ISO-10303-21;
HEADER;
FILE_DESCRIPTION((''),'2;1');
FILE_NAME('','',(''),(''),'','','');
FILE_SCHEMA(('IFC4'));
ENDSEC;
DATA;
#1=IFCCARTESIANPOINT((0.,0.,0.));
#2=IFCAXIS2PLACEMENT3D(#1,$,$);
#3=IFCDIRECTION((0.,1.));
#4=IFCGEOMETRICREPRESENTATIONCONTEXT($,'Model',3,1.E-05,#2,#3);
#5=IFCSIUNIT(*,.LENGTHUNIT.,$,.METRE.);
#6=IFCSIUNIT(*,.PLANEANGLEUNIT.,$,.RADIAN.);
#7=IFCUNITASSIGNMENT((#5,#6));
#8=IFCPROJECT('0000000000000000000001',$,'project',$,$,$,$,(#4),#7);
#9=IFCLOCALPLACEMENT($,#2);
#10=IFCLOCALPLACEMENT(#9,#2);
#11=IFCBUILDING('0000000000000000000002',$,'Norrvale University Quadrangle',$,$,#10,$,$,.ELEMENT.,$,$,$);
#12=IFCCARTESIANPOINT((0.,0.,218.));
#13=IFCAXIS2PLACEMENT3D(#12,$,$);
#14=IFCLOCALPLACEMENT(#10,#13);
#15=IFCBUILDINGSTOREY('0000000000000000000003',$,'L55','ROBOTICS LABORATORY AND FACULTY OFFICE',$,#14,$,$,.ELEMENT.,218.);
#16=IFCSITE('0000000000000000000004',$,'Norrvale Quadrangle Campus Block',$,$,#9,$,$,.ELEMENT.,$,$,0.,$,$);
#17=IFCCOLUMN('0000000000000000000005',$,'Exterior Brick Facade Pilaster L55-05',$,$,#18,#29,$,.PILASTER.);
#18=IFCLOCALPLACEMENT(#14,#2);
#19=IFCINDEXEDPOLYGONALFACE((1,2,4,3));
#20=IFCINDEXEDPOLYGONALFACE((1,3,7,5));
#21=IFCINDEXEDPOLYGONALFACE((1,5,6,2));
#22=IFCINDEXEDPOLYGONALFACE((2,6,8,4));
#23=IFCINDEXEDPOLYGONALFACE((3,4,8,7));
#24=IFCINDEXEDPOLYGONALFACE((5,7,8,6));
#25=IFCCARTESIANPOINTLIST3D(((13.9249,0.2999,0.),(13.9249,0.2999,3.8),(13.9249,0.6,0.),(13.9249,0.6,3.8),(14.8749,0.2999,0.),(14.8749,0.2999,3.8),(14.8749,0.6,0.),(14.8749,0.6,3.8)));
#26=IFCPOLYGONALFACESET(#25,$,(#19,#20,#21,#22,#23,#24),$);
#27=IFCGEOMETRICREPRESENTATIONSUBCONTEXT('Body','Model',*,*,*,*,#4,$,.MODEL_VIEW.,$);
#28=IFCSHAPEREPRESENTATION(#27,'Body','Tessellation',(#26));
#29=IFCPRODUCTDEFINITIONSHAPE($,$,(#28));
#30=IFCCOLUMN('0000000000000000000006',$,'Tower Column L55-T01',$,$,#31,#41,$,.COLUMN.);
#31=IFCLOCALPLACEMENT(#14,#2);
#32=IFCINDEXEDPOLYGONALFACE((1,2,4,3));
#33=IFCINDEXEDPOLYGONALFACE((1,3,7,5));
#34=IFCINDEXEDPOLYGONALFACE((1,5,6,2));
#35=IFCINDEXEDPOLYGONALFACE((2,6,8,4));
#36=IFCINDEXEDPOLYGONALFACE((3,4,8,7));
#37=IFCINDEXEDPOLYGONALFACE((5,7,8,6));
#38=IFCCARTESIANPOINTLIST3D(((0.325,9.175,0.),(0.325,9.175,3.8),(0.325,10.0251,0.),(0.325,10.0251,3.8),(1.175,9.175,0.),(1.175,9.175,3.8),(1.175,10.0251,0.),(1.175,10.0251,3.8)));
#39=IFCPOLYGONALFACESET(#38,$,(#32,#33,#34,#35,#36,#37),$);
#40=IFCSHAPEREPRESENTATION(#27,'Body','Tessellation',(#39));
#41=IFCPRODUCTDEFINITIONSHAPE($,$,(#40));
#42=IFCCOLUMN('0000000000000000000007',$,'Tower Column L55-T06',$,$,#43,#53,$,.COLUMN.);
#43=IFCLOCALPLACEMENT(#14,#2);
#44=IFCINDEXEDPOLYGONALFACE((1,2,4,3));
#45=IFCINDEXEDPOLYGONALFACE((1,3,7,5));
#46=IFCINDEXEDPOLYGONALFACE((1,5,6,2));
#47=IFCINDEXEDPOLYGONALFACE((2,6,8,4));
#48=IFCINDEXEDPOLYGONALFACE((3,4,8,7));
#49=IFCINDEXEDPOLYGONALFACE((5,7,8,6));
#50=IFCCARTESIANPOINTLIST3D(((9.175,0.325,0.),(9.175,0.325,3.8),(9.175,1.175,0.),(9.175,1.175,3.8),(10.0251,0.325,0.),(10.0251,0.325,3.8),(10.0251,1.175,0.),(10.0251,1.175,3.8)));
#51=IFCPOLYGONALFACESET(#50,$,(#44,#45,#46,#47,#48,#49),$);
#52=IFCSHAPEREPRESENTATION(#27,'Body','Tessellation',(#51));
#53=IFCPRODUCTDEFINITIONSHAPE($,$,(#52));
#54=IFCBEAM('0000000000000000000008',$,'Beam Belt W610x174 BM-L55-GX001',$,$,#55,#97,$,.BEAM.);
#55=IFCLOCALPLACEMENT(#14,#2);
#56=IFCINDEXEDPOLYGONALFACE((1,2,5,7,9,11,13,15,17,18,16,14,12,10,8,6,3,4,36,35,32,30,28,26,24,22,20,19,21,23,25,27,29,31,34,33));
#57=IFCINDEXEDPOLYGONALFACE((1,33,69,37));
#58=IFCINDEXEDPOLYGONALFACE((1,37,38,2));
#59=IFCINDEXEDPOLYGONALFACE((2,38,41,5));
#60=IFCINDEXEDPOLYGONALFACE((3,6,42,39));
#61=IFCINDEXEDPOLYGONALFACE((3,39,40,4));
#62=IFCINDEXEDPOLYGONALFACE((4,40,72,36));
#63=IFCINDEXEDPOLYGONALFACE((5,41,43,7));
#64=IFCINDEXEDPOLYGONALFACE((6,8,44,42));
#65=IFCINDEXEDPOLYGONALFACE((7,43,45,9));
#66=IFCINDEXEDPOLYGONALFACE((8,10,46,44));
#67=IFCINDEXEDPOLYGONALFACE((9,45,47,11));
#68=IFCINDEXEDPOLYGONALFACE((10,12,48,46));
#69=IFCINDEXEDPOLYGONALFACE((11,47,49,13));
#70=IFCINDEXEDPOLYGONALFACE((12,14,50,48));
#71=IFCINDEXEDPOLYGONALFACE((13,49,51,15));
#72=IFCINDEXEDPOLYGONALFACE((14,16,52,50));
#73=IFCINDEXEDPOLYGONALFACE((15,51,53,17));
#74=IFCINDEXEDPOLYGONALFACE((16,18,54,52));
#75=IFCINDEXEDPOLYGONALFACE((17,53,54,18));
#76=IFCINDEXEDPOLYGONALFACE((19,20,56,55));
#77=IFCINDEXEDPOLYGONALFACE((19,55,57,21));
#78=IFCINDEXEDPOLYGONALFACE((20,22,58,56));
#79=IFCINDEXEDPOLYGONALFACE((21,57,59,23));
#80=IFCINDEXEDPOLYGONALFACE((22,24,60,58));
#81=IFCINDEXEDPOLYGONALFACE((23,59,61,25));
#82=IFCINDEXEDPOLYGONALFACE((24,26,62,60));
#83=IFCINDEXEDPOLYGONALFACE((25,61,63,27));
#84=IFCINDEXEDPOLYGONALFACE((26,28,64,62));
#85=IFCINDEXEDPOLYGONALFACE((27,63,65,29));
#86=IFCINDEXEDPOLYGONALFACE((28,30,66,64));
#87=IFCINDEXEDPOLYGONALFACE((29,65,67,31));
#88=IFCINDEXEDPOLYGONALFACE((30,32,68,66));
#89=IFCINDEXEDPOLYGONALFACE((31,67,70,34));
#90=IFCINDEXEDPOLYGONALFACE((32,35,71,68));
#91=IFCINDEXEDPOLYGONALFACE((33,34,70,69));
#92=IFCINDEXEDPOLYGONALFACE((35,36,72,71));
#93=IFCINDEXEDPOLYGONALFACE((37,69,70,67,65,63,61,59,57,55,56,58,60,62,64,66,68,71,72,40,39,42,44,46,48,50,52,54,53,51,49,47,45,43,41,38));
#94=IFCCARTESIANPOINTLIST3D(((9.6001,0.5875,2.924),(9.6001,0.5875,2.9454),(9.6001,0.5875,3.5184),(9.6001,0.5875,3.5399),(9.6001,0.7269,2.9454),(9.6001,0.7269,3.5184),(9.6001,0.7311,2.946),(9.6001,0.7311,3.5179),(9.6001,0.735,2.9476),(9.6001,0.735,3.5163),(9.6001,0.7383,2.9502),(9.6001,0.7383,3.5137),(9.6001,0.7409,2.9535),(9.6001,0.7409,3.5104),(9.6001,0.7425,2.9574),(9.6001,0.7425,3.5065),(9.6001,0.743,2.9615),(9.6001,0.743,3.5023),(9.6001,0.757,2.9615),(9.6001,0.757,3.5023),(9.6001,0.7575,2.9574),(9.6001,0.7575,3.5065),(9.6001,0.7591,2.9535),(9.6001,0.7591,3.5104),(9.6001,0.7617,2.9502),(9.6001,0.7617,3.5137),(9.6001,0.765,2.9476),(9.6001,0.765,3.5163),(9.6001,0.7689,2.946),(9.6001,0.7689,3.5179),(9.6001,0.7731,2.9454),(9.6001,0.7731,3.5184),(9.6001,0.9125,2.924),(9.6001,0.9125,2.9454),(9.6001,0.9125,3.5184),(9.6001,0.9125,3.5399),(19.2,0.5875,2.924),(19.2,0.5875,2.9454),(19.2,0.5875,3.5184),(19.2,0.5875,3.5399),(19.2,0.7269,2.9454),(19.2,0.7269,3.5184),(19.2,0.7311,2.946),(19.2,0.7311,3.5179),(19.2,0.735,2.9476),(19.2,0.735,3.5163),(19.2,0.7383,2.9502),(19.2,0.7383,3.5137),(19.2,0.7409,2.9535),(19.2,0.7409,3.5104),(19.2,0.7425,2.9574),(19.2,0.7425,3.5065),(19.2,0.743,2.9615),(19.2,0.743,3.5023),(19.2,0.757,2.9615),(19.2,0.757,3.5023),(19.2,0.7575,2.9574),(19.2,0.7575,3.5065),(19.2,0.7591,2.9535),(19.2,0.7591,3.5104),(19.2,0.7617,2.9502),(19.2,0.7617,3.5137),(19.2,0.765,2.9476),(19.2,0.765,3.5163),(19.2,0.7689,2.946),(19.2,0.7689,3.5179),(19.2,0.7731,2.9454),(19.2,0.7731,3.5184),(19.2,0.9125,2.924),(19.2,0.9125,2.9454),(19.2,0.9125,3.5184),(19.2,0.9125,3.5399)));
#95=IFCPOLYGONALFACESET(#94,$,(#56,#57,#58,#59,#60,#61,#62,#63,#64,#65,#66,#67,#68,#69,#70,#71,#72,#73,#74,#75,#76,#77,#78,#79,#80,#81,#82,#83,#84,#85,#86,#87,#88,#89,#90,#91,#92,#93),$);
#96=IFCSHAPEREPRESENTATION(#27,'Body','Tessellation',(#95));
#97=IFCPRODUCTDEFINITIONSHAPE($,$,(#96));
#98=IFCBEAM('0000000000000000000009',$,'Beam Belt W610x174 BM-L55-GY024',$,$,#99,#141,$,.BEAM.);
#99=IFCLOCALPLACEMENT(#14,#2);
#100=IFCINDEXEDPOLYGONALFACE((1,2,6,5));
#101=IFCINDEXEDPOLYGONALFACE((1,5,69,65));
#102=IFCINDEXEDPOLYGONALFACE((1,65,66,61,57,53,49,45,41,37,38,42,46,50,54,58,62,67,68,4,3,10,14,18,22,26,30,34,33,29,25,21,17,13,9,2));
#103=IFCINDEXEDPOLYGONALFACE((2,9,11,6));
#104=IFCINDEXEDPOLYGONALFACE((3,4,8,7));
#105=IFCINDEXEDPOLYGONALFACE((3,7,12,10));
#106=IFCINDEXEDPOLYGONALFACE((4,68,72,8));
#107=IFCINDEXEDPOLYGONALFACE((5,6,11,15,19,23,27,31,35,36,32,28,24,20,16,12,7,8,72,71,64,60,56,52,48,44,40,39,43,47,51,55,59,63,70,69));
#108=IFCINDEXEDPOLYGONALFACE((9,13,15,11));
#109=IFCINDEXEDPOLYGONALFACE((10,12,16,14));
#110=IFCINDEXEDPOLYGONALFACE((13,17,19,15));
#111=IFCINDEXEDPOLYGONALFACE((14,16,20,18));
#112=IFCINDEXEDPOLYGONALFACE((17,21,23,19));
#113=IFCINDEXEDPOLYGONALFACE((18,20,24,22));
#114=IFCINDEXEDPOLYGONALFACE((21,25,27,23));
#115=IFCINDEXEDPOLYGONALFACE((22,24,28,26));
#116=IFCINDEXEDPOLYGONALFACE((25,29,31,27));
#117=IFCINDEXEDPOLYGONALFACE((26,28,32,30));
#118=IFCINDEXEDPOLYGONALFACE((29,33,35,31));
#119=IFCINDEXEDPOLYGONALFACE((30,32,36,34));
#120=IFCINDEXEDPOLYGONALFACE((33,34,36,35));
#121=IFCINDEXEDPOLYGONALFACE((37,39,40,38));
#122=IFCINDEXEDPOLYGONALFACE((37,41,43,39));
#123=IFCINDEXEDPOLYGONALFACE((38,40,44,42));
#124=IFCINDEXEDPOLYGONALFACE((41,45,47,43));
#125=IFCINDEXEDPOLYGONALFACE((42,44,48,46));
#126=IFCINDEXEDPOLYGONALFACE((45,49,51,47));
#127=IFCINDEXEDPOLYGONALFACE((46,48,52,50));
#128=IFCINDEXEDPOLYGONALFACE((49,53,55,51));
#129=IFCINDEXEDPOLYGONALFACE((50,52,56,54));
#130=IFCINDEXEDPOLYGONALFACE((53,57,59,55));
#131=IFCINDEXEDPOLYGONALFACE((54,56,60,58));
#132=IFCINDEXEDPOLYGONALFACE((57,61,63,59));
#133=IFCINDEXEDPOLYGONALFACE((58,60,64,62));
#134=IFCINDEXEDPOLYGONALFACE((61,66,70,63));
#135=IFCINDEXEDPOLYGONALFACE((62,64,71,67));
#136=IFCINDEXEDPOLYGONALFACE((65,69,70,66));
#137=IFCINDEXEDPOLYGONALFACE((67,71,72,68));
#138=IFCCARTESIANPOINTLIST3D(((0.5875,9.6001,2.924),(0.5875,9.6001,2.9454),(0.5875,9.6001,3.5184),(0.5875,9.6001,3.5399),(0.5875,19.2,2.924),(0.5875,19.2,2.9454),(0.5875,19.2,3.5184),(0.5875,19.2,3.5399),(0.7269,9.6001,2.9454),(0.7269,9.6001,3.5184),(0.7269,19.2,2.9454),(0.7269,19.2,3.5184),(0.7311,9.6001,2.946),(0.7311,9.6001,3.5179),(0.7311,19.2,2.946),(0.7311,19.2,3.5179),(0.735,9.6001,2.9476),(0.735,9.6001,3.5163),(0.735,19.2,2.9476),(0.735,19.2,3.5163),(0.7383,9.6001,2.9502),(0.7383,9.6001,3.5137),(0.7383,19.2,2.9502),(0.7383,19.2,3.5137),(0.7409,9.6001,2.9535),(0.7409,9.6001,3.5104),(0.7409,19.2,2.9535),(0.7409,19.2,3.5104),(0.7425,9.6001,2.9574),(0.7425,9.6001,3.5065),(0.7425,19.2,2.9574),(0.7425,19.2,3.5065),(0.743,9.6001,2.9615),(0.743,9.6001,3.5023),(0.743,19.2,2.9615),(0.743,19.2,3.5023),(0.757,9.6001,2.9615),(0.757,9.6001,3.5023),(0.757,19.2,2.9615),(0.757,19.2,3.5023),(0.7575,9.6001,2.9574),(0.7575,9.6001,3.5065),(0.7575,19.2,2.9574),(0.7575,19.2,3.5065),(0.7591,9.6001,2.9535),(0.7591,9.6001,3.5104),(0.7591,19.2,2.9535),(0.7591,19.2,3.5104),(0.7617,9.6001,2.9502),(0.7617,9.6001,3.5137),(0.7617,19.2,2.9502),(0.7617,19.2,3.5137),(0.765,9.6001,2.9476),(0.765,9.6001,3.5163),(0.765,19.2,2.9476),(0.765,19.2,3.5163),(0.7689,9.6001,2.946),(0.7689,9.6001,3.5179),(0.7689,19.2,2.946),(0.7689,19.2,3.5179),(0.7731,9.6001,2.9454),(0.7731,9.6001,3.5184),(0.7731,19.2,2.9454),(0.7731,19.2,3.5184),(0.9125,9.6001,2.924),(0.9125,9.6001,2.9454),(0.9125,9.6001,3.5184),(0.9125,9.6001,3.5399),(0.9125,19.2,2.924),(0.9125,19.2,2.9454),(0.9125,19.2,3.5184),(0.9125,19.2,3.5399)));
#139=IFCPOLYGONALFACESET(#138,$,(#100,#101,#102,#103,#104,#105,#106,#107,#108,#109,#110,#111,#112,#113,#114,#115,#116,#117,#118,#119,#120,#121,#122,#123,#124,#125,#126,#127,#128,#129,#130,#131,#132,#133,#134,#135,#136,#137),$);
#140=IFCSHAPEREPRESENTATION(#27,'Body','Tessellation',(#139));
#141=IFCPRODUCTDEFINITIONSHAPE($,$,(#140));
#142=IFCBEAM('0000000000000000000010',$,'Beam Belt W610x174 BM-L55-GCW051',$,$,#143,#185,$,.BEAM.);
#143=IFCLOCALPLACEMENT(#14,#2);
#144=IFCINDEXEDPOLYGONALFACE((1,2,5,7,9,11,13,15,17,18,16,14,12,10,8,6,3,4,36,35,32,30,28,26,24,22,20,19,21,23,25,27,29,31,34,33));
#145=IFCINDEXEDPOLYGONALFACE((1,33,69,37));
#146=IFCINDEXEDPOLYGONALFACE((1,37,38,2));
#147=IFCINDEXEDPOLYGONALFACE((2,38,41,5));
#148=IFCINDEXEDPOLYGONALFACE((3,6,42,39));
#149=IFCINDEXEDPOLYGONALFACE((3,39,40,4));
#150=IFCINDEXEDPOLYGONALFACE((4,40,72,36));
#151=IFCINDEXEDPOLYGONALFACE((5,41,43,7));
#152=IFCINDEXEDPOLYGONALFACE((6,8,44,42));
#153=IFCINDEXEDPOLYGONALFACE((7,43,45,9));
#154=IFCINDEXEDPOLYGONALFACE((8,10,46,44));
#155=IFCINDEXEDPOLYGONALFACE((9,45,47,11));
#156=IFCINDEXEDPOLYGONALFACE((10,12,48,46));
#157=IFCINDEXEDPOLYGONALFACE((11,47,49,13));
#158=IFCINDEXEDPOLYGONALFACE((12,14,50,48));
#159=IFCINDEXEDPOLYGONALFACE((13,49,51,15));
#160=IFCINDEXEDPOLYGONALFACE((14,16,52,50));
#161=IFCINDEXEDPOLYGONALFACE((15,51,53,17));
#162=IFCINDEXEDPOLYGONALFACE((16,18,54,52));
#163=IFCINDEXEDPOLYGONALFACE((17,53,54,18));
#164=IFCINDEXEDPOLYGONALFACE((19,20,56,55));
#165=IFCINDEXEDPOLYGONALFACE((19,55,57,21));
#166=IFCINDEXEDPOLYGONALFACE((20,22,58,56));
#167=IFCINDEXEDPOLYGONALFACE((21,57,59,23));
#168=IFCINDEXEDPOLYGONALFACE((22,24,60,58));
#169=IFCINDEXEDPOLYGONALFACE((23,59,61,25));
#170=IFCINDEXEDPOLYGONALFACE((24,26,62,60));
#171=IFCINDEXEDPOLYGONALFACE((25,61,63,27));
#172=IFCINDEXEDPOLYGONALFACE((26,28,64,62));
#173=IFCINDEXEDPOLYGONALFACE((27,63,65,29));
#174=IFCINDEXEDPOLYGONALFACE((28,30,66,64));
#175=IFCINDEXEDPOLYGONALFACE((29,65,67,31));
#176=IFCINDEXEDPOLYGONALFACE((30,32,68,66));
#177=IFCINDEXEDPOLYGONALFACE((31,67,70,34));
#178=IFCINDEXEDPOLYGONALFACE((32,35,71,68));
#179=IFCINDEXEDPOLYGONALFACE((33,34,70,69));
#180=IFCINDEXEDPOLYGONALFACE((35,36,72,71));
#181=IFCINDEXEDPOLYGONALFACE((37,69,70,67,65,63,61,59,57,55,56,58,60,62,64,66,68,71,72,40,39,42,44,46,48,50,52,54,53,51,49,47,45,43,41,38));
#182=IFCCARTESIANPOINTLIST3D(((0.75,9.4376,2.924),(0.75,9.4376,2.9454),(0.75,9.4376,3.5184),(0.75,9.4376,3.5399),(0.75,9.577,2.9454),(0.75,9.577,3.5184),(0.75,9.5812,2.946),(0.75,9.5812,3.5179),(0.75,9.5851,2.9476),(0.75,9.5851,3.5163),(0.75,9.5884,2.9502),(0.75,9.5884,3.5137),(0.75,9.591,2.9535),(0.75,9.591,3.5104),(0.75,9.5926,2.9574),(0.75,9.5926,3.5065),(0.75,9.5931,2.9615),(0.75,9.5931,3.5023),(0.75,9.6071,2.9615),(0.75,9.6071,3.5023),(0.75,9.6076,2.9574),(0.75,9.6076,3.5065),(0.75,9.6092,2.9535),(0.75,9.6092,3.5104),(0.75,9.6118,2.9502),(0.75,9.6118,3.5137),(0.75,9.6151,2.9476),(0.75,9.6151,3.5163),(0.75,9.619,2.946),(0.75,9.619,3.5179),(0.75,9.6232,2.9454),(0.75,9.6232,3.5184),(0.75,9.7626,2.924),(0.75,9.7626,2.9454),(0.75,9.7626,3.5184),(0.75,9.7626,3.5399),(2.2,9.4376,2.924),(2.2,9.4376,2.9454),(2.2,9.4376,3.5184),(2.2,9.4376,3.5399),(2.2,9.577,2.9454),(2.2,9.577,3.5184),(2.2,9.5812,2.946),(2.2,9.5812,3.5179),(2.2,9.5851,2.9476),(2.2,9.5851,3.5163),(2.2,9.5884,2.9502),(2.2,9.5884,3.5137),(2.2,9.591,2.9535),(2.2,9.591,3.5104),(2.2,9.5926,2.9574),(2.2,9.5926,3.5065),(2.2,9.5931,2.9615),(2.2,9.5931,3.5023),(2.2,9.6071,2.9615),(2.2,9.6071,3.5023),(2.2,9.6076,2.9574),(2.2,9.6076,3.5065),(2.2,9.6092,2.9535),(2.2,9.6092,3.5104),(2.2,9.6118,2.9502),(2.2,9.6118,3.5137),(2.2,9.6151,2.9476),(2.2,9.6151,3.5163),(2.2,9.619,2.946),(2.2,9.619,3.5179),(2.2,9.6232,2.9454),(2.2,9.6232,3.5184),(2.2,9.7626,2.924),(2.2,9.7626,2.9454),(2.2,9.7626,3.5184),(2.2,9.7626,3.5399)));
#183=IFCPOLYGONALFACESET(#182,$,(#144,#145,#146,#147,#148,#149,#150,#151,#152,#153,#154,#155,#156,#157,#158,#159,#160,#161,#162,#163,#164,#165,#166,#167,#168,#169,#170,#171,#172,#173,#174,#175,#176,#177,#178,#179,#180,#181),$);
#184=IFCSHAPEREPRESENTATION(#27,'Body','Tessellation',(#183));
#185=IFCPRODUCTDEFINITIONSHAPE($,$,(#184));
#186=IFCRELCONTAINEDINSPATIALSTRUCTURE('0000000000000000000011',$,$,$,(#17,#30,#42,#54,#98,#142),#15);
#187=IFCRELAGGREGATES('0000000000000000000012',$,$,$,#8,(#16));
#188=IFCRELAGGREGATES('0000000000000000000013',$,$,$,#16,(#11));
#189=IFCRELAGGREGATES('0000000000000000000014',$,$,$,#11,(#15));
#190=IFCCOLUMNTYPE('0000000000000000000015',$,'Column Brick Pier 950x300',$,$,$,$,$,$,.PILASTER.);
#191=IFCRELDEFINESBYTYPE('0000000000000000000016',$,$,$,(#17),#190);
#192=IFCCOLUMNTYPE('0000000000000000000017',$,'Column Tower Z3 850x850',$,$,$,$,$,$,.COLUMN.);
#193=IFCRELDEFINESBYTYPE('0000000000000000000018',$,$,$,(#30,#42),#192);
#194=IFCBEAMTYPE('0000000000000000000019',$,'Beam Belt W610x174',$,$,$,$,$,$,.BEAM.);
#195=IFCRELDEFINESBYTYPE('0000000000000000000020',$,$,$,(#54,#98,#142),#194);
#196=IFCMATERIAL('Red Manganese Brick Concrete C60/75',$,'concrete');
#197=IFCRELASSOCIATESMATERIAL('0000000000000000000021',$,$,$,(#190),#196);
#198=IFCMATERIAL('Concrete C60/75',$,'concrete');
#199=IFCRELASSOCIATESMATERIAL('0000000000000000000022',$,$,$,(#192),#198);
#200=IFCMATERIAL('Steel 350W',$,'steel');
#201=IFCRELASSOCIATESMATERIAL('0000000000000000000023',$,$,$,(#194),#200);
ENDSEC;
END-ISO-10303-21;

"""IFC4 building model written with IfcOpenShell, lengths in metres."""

from ifc_helpers import new_model, si_unit, direction, frame, origin, origin_2d, place, context, subcontext, project, spatial, rectangle, i_section, extrude, material, material_profile, profile_set, type_object, element, save


model = new_model("IFC4")

# Units and contexts
model_context = context("Model", 3, precision=1e-05, world=origin(), true_north=direction((0.0, 1.0)))
body_context = subcontext(model_context, "Body", "Model", "MODEL_VIEW")
ifc_project = project(units=[si_unit("LENGTHUNIT", "METRE"), si_unit("PLANEANGLEUNIT", "RADIAN")], contexts=[model_context])

# Site, building, storey
site_placement = place(None, origin())
site = spatial("IfcSite", under=ifc_project, at=site_placement, Name="Norrvale Quadrangle Campus Block", CompositionType="ELEMENT", RefElevation=0.0)
building_placement = place(site_placement, origin())
building = spatial("IfcBuilding", under=site, at=building_placement, Name="Norrvale University Quadrangle", CompositionType="ELEMENT")
storey_placement = place(building_placement, frame((0.0, 0.0, 218.0)))
storey = spatial("IfcBuildingStorey", under=building, at=storey_placement, Name="L55", Description="ROBOTICS LABORATORY AND FACULTY OFFICE", CompositionType="ELEMENT", Elevation=218.0)

# Columns
ifc_material_1 = material(Name="Red Manganese Brick Concrete C60/75", Category="concrete")
ifc_material_profile_1 = material_profile(ifc_material_1, rectangle(XDim=0.95, YDim=0.3, at=origin_2d()), Name="Red Manganese Brick Concrete C60/75")
ifc_profile_set_1 = profile_set([ifc_material_profile_1], Name="Red Manganese Brick Concrete C60/75")
column_type_1 = type_object("IfcColumnType", Name="Column Brick Pier 950x300", PredefinedType="PILASTER", material=ifc_profile_set_1)
column_placement = place(storey_placement, frame((14.3999, 0.45, 0.0), z_axis=(0.0, 0.0, 1.0), x_axis=(1.0, 0.0, 0.0)))
element("IfcColumn", 1, at=column_placement, inside=storey, type_object=column_type_1, Name="Exterior Brick Facade Pilaster L55-05", PredefinedType="PILASTER", context=body_context, shape_type="SweptSolid", body=[
    extrude(rectangle(XDim=0.95, YDim=0.3, at=origin_2d()), origin(), (0.0, 0.0, 1.0), 3.8),
])
ifc_material_2 = material(Name="Concrete C60/75", Category="concrete")
ifc_material_profile_2 = material_profile(ifc_material_2, rectangle(XDim=0.8501, YDim=0.8501, at=origin_2d()), Name="Concrete C60/75")
ifc_profile_set_2 = profile_set([ifc_material_profile_2], Name="Concrete C60/75")
column_type_2 = type_object("IfcColumnType", Name="Column Tower Z3 850x850", PredefinedType="COLUMN", material=ifc_profile_set_2)
for number, where, z_axis, x_axis, name in (
    (2, (0.75, 9.6001, 0.0), (0.0, 0.0, 1.0), (1.0, 0.0, 0.0), "Tower Column L55-T01"),
    (3, (9.6001, 0.75, 0.0), (0.0, 0.0, 1.0), (1.0, 0.0, 0.0), "Tower Column L55-T06"),
):
    element("IfcColumn", number, at=place(storey_placement, frame(where, z_axis=z_axis, x_axis=x_axis)), inside=storey, type_object=column_type_2, Name=name, PredefinedType="COLUMN", context=body_context, shape_type="SweptSolid", body=[
        extrude(rectangle(XDim=0.8501, YDim=0.8501, at=origin_2d()), origin(), (0.0, 0.0, 1.0), 3.8),
    ])

# Beams
ifc_material_3 = material(Name="Steel 350W", Category="steel")
ifc_material_profile_3 = material_profile(ifc_material_3, i_section(OverallWidth=0.325, OverallDepth=0.616, WebThickness=0.0139, FlangeThickness=0.0215, FilletRadius=0.0161, at=origin_2d()), Name="Steel 350W")
ifc_profile_set_3 = profile_set([ifc_material_profile_3], Name="Steel 350W")
beam_type_1 = type_object("IfcBeamType", Name="Beam Belt W610x174", PredefinedType="BEAM", material=ifc_profile_set_3)
for number, where, z_axis, x_axis, name in (
    (4, (9.6001, 0.75, 3.2319), (1.0, 0.0, 0.0), (0.0, 1.0, 0.0), "Beam Belt W610x174 BM-L55-GX001"),
    (5, (0.75, 9.6001, 3.2319), (0.0, 1.0, 0.0), (-1.0, 0.0, 0.0), "Beam Belt W610x174 BM-L55-GY024"),
):
    element("IfcBeam", number, at=place(storey_placement, frame(where, z_axis=z_axis, x_axis=x_axis)), inside=storey, type_object=beam_type_1, Name=name, PredefinedType="BEAM", context=body_context, shape_type="SweptSolid", body=[
        extrude(i_section(OverallWidth=0.325, OverallDepth=0.616, WebThickness=0.0139, FlangeThickness=0.0215, FilletRadius=0.0161, at=origin_2d()), origin(), (0.0, 0.0, 1.0), 9.5999),
    ])
beam_1_placement = place(storey_placement, frame((0.75, 9.6001, 3.2319), z_axis=(1.0, 0.0, 0.0), x_axis=(0.0, 1.0, 0.0)))
element("IfcBeam", 6, at=beam_1_placement, inside=storey, type_object=beam_type_1, Name="Beam Belt W610x174 BM-L55-GCW051", PredefinedType="BEAM", context=body_context, shape_type="SweptSolid", body=[
    extrude(i_section(OverallWidth=0.325, OverallDepth=0.616, WebThickness=0.0139, FlangeThickness=0.0215, FilletRadius=0.0161, at=origin_2d()), origin(), (0.0, 0.0, 1.0), 1.45),
])

save(model, "model.ifc")
